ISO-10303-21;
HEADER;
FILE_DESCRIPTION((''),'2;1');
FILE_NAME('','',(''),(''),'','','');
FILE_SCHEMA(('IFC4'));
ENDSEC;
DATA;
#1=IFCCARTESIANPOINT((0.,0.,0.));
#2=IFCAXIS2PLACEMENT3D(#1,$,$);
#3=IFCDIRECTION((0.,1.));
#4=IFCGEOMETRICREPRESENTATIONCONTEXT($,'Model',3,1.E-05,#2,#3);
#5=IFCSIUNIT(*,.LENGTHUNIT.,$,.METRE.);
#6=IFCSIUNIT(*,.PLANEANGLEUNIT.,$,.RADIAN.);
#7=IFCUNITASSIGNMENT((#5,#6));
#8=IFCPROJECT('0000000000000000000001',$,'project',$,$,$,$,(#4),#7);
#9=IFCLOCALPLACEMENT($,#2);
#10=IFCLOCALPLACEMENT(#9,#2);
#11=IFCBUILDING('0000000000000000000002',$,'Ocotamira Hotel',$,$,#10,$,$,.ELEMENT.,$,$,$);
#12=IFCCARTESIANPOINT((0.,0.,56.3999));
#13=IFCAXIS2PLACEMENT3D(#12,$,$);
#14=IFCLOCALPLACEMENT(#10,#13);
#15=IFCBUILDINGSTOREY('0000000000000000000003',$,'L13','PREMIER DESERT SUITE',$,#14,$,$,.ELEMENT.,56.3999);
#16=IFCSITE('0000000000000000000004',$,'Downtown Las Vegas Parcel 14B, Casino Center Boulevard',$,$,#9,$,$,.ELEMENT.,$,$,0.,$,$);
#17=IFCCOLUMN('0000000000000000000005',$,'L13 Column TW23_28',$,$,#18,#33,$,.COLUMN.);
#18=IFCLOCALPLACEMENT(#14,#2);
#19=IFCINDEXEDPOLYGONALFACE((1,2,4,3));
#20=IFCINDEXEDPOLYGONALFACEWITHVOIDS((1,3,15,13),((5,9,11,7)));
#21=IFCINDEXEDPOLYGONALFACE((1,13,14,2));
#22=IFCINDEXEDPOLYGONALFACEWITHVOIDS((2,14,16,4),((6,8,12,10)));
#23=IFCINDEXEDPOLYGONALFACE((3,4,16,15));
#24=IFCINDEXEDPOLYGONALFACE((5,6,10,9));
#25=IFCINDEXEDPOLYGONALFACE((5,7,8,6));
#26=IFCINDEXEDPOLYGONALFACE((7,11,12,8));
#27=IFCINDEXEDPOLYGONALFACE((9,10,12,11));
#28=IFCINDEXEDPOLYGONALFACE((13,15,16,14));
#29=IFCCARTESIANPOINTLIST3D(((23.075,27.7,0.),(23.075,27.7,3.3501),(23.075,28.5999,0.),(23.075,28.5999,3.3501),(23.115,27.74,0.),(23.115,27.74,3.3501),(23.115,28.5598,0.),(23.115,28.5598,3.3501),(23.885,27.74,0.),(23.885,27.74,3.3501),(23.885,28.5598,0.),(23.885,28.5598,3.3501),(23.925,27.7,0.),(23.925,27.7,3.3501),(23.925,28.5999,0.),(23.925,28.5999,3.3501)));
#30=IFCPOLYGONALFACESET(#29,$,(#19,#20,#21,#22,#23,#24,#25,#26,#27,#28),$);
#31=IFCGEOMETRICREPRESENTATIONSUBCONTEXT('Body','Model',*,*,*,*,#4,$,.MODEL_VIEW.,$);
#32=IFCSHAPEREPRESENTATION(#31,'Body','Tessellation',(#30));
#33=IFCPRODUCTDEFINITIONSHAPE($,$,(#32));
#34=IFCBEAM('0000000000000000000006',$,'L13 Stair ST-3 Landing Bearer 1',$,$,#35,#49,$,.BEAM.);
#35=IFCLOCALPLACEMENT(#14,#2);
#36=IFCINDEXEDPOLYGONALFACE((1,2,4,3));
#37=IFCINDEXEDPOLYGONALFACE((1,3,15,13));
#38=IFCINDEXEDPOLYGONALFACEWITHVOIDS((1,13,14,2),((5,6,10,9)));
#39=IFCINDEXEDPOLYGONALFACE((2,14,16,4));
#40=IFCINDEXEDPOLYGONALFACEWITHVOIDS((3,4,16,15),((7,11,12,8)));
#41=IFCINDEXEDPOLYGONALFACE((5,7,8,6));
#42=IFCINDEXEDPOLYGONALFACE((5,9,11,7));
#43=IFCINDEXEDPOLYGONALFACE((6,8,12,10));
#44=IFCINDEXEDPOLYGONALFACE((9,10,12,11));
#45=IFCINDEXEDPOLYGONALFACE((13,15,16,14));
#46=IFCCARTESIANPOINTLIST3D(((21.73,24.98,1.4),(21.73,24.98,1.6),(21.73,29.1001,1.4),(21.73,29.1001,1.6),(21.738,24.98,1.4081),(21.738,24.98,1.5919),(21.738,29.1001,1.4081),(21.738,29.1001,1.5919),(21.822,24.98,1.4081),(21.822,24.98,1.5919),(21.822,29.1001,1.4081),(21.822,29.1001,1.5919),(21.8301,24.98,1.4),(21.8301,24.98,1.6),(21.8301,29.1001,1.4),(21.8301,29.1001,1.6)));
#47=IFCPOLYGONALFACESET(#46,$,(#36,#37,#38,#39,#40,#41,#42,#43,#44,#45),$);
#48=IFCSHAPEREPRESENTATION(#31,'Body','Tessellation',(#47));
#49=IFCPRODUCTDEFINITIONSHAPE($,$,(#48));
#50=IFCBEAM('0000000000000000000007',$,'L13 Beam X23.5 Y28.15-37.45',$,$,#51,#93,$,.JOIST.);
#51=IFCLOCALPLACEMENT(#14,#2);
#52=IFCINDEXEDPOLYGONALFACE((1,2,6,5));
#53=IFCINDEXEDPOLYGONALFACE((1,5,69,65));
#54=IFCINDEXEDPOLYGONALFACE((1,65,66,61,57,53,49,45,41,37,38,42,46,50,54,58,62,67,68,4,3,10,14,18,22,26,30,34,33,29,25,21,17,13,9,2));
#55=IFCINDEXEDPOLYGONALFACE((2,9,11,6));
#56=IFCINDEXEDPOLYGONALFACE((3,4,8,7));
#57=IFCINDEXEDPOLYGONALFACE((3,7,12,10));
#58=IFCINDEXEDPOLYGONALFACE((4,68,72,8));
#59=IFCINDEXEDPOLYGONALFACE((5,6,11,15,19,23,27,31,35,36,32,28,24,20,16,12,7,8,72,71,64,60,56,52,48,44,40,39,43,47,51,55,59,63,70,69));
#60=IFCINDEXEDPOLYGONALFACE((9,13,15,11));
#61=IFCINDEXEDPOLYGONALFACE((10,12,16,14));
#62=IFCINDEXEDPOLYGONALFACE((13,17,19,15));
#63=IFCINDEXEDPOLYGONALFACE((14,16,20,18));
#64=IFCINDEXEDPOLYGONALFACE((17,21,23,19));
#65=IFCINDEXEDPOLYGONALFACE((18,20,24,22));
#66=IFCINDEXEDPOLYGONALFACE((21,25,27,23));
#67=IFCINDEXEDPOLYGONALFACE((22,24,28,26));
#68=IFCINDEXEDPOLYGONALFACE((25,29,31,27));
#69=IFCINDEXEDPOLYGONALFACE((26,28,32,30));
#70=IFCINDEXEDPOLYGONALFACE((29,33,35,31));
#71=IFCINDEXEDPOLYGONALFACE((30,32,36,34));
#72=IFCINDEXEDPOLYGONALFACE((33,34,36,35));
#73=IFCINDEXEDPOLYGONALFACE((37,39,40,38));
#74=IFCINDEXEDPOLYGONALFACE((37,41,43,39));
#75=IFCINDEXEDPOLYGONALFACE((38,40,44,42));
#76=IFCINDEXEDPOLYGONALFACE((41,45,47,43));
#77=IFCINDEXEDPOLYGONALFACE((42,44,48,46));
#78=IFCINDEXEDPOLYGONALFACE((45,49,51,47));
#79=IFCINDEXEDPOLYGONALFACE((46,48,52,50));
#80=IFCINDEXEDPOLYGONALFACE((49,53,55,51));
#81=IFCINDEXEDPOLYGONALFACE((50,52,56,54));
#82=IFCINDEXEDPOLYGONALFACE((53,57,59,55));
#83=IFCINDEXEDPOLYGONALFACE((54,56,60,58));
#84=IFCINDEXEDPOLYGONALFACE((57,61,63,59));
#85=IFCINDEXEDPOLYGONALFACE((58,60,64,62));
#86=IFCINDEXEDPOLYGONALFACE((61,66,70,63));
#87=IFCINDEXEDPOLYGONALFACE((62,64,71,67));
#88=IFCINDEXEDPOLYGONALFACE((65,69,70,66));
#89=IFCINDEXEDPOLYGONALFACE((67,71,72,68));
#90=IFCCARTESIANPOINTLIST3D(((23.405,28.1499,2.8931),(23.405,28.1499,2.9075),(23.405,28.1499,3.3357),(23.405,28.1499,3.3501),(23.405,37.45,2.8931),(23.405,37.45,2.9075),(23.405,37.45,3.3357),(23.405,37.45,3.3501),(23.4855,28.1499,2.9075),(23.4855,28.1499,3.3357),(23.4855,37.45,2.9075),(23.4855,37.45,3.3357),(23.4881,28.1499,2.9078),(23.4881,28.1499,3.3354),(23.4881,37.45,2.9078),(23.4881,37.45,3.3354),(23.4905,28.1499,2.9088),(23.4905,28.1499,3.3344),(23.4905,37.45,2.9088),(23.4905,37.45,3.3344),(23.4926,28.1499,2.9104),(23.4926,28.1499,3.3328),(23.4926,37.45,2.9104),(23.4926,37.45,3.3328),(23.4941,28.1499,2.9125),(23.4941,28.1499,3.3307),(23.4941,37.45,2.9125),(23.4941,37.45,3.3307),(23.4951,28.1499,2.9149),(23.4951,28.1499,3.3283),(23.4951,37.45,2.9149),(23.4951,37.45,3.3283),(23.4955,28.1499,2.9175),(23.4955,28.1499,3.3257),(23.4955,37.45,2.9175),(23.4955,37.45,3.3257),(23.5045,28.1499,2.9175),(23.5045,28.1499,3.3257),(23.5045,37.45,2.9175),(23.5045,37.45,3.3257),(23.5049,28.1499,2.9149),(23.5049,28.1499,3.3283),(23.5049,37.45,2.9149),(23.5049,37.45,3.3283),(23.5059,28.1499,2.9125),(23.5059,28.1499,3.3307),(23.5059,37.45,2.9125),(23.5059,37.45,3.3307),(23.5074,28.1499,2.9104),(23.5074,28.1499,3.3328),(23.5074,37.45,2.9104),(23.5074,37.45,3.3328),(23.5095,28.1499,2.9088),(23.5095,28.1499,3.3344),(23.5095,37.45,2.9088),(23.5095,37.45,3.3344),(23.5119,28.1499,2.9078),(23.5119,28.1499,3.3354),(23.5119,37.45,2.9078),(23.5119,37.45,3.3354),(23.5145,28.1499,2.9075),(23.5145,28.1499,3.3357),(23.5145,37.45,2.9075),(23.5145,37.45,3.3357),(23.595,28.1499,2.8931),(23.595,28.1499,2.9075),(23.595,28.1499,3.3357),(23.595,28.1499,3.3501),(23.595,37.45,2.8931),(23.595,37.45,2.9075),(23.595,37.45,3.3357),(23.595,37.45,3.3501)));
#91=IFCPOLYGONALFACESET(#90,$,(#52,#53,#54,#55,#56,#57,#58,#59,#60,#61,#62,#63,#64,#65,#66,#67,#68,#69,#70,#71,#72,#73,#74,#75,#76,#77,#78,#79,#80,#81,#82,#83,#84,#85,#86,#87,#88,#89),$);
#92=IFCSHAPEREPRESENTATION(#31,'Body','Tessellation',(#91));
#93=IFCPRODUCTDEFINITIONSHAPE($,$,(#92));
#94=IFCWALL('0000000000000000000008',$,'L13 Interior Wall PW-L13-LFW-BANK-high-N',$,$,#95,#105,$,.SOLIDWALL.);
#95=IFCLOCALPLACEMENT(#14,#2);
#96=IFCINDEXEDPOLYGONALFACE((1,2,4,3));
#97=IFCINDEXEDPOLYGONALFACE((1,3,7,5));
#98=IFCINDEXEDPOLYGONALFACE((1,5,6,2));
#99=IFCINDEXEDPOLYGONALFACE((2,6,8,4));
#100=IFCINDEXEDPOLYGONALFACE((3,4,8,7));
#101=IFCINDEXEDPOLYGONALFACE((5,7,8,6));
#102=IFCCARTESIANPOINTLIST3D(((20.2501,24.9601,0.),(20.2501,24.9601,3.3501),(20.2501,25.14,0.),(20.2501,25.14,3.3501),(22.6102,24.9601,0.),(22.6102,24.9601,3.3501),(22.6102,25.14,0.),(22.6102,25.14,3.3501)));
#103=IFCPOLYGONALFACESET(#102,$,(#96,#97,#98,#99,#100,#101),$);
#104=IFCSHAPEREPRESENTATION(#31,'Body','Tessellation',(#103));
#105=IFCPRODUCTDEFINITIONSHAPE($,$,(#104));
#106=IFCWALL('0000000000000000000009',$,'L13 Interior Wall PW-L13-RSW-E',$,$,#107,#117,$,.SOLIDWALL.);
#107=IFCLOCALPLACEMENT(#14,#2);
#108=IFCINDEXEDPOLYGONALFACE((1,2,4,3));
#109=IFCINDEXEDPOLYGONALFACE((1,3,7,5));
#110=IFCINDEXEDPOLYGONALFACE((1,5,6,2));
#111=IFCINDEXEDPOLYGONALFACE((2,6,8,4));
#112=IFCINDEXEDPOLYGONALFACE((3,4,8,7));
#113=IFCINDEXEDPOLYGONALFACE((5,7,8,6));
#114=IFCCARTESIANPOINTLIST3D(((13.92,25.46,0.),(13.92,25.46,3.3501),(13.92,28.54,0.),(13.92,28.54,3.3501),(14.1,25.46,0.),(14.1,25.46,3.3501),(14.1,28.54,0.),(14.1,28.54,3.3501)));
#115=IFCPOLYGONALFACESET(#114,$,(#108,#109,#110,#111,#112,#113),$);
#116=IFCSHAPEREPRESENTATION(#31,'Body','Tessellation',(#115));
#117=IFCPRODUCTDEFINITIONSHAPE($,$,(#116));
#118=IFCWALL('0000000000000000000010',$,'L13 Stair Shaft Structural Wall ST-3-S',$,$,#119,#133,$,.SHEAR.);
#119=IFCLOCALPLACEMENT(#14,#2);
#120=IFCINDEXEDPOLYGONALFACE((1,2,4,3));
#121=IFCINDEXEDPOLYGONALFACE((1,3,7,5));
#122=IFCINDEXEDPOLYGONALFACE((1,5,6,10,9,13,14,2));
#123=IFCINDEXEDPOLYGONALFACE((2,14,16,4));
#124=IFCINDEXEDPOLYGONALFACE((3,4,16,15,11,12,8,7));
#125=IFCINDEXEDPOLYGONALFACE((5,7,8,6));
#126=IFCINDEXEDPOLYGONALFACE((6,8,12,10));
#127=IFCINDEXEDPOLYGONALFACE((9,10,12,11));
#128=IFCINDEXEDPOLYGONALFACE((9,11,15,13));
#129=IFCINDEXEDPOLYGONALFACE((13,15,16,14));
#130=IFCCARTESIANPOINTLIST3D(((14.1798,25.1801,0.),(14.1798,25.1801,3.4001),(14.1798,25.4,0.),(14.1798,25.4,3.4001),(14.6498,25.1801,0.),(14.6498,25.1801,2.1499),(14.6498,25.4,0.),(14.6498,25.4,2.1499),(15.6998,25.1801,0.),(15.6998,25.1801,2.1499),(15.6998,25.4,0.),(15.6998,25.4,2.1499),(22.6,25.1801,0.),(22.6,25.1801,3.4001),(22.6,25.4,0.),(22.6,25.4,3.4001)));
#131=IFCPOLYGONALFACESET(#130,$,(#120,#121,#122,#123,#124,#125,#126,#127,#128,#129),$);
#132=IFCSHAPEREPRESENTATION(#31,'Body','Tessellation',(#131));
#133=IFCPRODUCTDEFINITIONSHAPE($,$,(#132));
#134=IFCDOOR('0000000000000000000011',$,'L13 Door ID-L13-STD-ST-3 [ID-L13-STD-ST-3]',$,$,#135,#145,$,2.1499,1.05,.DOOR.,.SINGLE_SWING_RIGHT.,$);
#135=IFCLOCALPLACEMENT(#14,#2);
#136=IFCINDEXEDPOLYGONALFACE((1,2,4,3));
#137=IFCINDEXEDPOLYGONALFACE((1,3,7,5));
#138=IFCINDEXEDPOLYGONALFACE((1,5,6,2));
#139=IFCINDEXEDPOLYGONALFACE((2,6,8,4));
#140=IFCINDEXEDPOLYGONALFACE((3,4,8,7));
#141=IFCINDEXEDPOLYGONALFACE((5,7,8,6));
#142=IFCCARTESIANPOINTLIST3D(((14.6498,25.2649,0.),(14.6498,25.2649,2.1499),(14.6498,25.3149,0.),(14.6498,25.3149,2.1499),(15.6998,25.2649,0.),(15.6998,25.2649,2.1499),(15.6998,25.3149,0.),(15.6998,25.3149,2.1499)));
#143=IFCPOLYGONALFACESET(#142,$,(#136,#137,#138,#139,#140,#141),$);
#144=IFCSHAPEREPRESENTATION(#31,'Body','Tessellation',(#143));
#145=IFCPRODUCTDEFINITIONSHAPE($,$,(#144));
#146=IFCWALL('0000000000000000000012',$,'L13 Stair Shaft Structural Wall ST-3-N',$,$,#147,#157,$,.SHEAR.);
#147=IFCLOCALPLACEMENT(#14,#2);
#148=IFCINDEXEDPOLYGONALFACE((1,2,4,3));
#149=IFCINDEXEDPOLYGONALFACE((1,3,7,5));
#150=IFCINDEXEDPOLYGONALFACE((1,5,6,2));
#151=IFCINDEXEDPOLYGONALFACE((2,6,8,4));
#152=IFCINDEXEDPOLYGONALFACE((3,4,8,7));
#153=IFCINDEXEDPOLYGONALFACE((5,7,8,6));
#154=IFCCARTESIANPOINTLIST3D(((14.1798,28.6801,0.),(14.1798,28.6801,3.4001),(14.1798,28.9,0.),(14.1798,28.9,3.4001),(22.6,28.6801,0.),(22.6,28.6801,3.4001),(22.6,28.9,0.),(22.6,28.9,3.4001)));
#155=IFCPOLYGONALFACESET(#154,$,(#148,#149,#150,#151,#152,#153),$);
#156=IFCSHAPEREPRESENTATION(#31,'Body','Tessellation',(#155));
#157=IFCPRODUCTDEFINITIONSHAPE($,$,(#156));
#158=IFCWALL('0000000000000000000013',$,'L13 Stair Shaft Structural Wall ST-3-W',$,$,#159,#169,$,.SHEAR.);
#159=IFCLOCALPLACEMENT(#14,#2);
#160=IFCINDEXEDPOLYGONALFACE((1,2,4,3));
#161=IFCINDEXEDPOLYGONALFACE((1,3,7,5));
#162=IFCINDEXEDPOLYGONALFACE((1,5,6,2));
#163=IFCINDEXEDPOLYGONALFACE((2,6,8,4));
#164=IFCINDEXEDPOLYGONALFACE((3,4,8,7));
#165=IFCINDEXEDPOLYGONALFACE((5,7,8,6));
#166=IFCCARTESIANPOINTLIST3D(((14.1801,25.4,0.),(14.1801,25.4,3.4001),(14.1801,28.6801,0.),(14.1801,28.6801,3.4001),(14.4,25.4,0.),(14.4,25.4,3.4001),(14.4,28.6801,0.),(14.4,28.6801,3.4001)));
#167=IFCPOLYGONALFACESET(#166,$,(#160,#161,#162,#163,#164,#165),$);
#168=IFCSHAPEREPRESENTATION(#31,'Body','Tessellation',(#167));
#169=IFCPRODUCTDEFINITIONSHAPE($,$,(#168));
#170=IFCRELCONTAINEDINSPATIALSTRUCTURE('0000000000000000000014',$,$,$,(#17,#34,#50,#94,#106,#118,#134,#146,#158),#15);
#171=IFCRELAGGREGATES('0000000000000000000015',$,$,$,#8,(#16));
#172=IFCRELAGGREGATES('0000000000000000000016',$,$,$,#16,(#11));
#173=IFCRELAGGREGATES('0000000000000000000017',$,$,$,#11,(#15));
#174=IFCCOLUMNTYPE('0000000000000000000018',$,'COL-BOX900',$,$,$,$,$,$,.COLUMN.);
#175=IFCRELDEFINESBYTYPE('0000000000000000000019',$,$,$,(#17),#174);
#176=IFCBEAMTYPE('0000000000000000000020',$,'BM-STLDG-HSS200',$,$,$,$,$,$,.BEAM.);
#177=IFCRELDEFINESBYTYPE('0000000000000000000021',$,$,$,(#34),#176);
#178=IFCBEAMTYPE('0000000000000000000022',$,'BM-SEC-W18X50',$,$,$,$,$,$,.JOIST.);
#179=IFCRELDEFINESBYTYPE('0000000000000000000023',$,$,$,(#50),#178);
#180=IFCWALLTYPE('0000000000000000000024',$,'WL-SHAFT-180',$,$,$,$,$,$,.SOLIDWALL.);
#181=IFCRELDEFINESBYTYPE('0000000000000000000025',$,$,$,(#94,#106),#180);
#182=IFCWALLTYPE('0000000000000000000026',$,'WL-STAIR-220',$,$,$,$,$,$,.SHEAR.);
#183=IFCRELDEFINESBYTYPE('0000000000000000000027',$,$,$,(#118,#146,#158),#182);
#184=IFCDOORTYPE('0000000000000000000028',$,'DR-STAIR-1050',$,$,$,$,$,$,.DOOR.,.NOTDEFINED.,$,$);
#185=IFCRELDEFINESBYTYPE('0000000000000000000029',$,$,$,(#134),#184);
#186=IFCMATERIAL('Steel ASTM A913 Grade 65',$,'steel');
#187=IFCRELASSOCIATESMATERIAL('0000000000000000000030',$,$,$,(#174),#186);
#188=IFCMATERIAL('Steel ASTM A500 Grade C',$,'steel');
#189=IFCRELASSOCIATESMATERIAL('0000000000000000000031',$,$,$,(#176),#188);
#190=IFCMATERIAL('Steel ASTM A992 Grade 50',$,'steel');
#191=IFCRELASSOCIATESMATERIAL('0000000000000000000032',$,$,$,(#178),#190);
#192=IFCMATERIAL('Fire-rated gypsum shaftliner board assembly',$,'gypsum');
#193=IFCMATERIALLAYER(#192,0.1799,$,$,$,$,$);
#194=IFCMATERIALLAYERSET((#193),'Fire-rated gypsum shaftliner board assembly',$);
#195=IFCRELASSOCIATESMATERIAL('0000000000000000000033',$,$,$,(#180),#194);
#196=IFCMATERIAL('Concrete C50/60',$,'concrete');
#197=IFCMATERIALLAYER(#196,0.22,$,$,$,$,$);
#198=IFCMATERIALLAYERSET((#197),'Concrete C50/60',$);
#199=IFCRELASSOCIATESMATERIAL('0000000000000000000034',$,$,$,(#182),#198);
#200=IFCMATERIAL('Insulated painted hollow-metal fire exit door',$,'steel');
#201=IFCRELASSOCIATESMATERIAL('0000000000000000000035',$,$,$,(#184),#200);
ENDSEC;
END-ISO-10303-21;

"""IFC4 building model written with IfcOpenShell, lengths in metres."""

from ifc_helpers import new_model, si_unit, direction, frame, frame_2d, origin, origin_2d, place, context, subcontext, project, spatial, rectangle, hollow_rectangle, i_section, extrude, source, transform, mapped, material, layer, layer_set, material_profile, profile_set, type_object, element, fill, save


model = new_model("IFC4")

# Units and contexts
model_context = context("Model", 3, precision=1e-05, world=origin(), true_north=direction((0.0, 1.0)))
body_context = subcontext(model_context, "Body", "Model", "MODEL_VIEW")
ifc_project = project(units=[si_unit("LENGTHUNIT", "METRE"), si_unit("PLANEANGLEUNIT", "RADIAN")], contexts=[model_context])

# Site, building, storey
site_placement = place(None, origin())
site = spatial("IfcSite", under=ifc_project, at=site_placement, Name="Downtown Las Vegas Parcel 14B, Casino Center Boulevard", CompositionType="ELEMENT", RefElevation=0.0)
building_placement = place(site_placement, origin())
building = spatial("IfcBuilding", under=site, at=building_placement, Name="Ocotamira Hotel", CompositionType="ELEMENT")
storey_placement = place(building_placement, frame((0.0, 0.0, 56.3999)))
storey = spatial("IfcBuildingStorey", under=building, at=storey_placement, Name="L13", Description="PREMIER DESERT SUITE", CompositionType="ELEMENT", Elevation=56.3999)

# Column
ifc_material_1 = material(Name="Steel ASTM A913 Grade 65", Category="steel")
ifc_material_profile_1 = material_profile(ifc_material_1, hollow_rectangle(XDim=0.8501, YDim=0.8999, WallThickness=0.04, at=origin_2d()), Name="BOX900X850X40")
ifc_profile_set_1 = profile_set([ifc_material_profile_1], Name="Steel ASTM A913 Grade 65")
column_type = type_object("IfcColumnType", Name="COL-BOX900", PredefinedType="COLUMN", material=ifc_profile_set_1)
shared_shape_1 = source(origin(), body_context, "Body", "SweptSolid", [
    extrude(hollow_rectangle(XDim=0.8501, YDim=0.8999, WallThickness=0.04, at=origin_2d()), origin(), (0.0, 0.0, 1.0), 3.3501),
])
column_placement = place(storey_placement, frame((23.5, 28.1499, 0.0), z_axis=(0.0, 0.0, 1.0), x_axis=(1.0, 0.0, 0.0)))
element("IfcColumn", 1, at=column_placement, inside=storey, type_object=column_type, Name="L13 Column TW23_28", PredefinedType="COLUMN", context=body_context, shape_type="MappedRepresentation", body=[
    mapped(shared_shape_1, transform((0.0, 0.0, 0.0), scale=1.0)),
])

# Beams
ifc_material_2 = material(Name="Steel ASTM A500 Grade C", Category="steel")
ifc_material_profile_2 = material_profile(ifc_material_2, hollow_rectangle(XDim=0.1001, YDim=0.2, WallThickness=0.0081, at=origin_2d()), Name="HSS200X100X8")
ifc_profile_set_2 = profile_set([ifc_material_profile_2], Name="Steel ASTM A500 Grade C")
beam_type_1 = type_object("IfcBeamType", Name="BM-STLDG-HSS200", PredefinedType="BEAM", material=ifc_profile_set_2)
shared_shape_2 = source(origin(), body_context, "Body", "SweptSolid", [
    extrude(hollow_rectangle(XDim=0.1001, YDim=0.2, WallThickness=0.0081, at=origin_2d()), origin(), (0.0, 0.0, 1.0), 4.1201),
])
beam_1_placement = place(storey_placement, frame((21.78, 24.98, 1.5), z_axis=(0.0, 1.0, 0.0), x_axis=(-1.0, 0.0, 0.0)))
element("IfcBeam", 2, at=beam_1_placement, inside=storey, type_object=beam_type_1, Name="L13 Stair ST-3 Landing Bearer 1", PredefinedType="BEAM", context=body_context, shape_type="MappedRepresentation", body=[
    mapped(shared_shape_2, transform((0.0, 0.0, 0.0), scale=1.0)),
])
ifc_material_3 = material(Name="Steel ASTM A992 Grade 50", Category="steel")
ifc_material_profile_3 = material_profile(ifc_material_3, i_section(OverallWidth=0.1899, OverallDepth=0.457, WebThickness=0.009, FlangeThickness=0.0144, FilletRadius=0.01, at=origin_2d()), Name="W18X50")
ifc_profile_set_3 = profile_set([ifc_material_profile_3], Name="Steel ASTM A992 Grade 50")
beam_type_2 = type_object("IfcBeamType", Name="BM-SEC-W18X50", PredefinedType="JOIST", material=ifc_profile_set_3)
shared_shape_3 = source(origin(), body_context, "Body", "SweptSolid", [
    extrude(i_section(OverallWidth=0.1899, OverallDepth=0.457, WebThickness=0.009, FlangeThickness=0.0144, FilletRadius=0.01, at=origin_2d()), origin(), (0.0, 0.0, 1.0), 9.3),
])
beam_2_placement = place(storey_placement, frame((23.5, 28.1499, 3.1216), z_axis=(0.0, 1.0, 0.0), x_axis=(-1.0, 0.0, 0.0)))
element("IfcBeam", 3, at=beam_2_placement, inside=storey, type_object=beam_type_2, Name="L13 Beam X23.5 Y28.15-37.45", PredefinedType="JOIST", context=body_context, shape_type="MappedRepresentation", body=[
    mapped(shared_shape_3, transform((0.0, 0.0, 0.0), scale=1.0)),
])

# Walls
ifc_material_4 = material(Name="Fire-rated gypsum shaftliner board assembly", Category="gypsum")
ifc_layer_1 = layer(ifc_material_4, 0.1799)
ifc_layer_set_1 = layer_set([ifc_layer_1], Name="Fire-rated gypsum shaftliner board assembly")
wall_type_1 = type_object("IfcWallType", Name="WL-SHAFT-180", PredefinedType="SOLIDWALL", material=ifc_layer_set_1)
wall_1_placement = place(storey_placement, frame((20.25, 25.05, 0.0), z_axis=(0.0, 0.0, 1.0), x_axis=(1.0, 0.0, 0.0)))
element("IfcWall", 4, at=wall_1_placement, inside=storey, type_object=wall_type_1, Name="L13 Interior Wall PW-L13-LFW-BANK-high-N", PredefinedType="SOLIDWALL", context=body_context, shape_type="SweptSolid", body=[
    extrude(rectangle(XDim=2.3601, YDim=0.1799, at=frame_2d((1.1802, 0.0))), origin(), (0.0, 0.0, 1.0), 3.3501),
])
wall_2_placement = place(storey_placement, frame((14.01, 25.46, 0.0), z_axis=(0.0, 0.0, 1.0), x_axis=(0.0, 1.0, 0.0)))
element("IfcWall", 5, at=wall_2_placement, inside=storey, type_object=wall_type_1, Name="L13 Interior Wall PW-L13-RSW-E", PredefinedType="SOLIDWALL", context=body_context, shape_type="SweptSolid", body=[
    extrude(rectangle(XDim=3.0801, YDim=0.1799, at=frame_2d((1.54, 0.0))), origin(), (0.0, 0.0, 1.0), 3.3501),
])

# Wall, opening, door
ifc_material_5 = material(Name="Concrete C50/60", Category="concrete")
ifc_layer_2 = layer(ifc_material_5, 0.22)
ifc_layer_set_2 = layer_set([ifc_layer_2], Name="Concrete C50/60")
wall_type_2 = type_object("IfcWallType", Name="WL-STAIR-220", PredefinedType="SHEAR", material=ifc_layer_set_2)
wall_3_placement = place(storey_placement, frame((14.1799, 25.29, 0.0), z_axis=(0.0, 0.0, 1.0), x_axis=(1.0, 0.0, 0.0)))
wall_3 = element("IfcWall", 6, at=wall_3_placement, inside=storey, type_object=wall_type_2, Name="L13 Stair Shaft Structural Wall ST-3-S", PredefinedType="SHEAR", context=body_context, shape_type="SweptSolid", body=[
    extrude(rectangle(XDim=8.4202, YDim=0.22, at=frame_2d((4.21, 0.0))), origin(), (0.0, 0.0, 1.0), 3.4001),
])
opening_placement = place(wall_3_placement, frame((0.47, 0.0, 0.0)))
opening = element("IfcOpeningElement", 7, at=opening_placement, cuts=wall_3, PredefinedType="OPENING", context=body_context, shape_type="SweptSolid", body=[
    extrude(rectangle(XDim=1.05, YDim=2.1499, at=frame_2d((0.5249, 1.075))), frame((0.0, 0.1201, 0.0), z_axis=(0.0, -1.0, 0.0), x_axis=(1.0, 0.0, 0.0)), (0.0, 0.0, 1.0), 0.24),
])
ifc_material_6 = material(Name="Insulated painted hollow-metal fire exit door", Category="steel")
door_type = type_object("IfcDoorType", Name="DR-STAIR-1050", OperationType="NOTDEFINED", PredefinedType="DOOR", material=ifc_material_6)
shared_shape_4 = source(origin(), body_context, "Body", "SweptSolid", [
    extrude(rectangle(XDim=1.05, YDim=2.1499, at=frame_2d((0.5249, 1.075))), frame((0.0, 0.0249, 0.0), z_axis=(0.0, -1.0, 0.0), x_axis=(1.0, 0.0, 0.0)), (0.0, 0.0, 1.0), 0.05),
])
door_placement = place(opening_placement, origin())
door = element("IfcDoor", 8, at=door_placement, inside=storey, type_object=door_type, Name="L13 Door ID-L13-STD-ST-3 [ID-L13-STD-ST-3]", OperationType="SINGLE_SWING_RIGHT", OverallHeight=2.1499, OverallWidth=1.05, PredefinedType="DOOR", context=body_context, shape_type="MappedRepresentation", body=[
    mapped(shared_shape_4, transform((0.0, 0.0, 0.0), scale=1.0)),
])
fill(opening, door)

# Walls
wall_4_placement = place(storey_placement, frame((14.1799, 28.79, 0.0), z_axis=(0.0, 0.0, 1.0), x_axis=(1.0, 0.0, 0.0)))
element("IfcWall", 9, at=wall_4_placement, inside=storey, type_object=wall_type_2, Name="L13 Stair Shaft Structural Wall ST-3-N", PredefinedType="SHEAR", context=body_context, shape_type="SweptSolid", body=[
    extrude(rectangle(XDim=8.4202, YDim=0.22, at=frame_2d((4.21, 0.0))), origin(), (0.0, 0.0, 1.0), 3.4001),
])
for number, where, z_axis, x_axis, name in (
    (10, (14.29, 25.3999, 0.0), (0.0, 0.0, 1.0), (0.0, 1.0, 0.0), "L13 Stair Shaft Structural Wall ST-3-W"),
):
    element("IfcWall", number, at=place(storey_placement, frame(where, z_axis=z_axis, x_axis=x_axis)), inside=storey, type_object=wall_type_2, Name=name, PredefinedType="SHEAR", context=body_context, shape_type="SweptSolid", body=[
        extrude(rectangle(XDim=3.28, YDim=0.22, at=frame_2d((1.6401, 0.0))), origin(), (0.0, 0.0, 1.0), 3.4001),
    ])

save(model, "model.ifc")
